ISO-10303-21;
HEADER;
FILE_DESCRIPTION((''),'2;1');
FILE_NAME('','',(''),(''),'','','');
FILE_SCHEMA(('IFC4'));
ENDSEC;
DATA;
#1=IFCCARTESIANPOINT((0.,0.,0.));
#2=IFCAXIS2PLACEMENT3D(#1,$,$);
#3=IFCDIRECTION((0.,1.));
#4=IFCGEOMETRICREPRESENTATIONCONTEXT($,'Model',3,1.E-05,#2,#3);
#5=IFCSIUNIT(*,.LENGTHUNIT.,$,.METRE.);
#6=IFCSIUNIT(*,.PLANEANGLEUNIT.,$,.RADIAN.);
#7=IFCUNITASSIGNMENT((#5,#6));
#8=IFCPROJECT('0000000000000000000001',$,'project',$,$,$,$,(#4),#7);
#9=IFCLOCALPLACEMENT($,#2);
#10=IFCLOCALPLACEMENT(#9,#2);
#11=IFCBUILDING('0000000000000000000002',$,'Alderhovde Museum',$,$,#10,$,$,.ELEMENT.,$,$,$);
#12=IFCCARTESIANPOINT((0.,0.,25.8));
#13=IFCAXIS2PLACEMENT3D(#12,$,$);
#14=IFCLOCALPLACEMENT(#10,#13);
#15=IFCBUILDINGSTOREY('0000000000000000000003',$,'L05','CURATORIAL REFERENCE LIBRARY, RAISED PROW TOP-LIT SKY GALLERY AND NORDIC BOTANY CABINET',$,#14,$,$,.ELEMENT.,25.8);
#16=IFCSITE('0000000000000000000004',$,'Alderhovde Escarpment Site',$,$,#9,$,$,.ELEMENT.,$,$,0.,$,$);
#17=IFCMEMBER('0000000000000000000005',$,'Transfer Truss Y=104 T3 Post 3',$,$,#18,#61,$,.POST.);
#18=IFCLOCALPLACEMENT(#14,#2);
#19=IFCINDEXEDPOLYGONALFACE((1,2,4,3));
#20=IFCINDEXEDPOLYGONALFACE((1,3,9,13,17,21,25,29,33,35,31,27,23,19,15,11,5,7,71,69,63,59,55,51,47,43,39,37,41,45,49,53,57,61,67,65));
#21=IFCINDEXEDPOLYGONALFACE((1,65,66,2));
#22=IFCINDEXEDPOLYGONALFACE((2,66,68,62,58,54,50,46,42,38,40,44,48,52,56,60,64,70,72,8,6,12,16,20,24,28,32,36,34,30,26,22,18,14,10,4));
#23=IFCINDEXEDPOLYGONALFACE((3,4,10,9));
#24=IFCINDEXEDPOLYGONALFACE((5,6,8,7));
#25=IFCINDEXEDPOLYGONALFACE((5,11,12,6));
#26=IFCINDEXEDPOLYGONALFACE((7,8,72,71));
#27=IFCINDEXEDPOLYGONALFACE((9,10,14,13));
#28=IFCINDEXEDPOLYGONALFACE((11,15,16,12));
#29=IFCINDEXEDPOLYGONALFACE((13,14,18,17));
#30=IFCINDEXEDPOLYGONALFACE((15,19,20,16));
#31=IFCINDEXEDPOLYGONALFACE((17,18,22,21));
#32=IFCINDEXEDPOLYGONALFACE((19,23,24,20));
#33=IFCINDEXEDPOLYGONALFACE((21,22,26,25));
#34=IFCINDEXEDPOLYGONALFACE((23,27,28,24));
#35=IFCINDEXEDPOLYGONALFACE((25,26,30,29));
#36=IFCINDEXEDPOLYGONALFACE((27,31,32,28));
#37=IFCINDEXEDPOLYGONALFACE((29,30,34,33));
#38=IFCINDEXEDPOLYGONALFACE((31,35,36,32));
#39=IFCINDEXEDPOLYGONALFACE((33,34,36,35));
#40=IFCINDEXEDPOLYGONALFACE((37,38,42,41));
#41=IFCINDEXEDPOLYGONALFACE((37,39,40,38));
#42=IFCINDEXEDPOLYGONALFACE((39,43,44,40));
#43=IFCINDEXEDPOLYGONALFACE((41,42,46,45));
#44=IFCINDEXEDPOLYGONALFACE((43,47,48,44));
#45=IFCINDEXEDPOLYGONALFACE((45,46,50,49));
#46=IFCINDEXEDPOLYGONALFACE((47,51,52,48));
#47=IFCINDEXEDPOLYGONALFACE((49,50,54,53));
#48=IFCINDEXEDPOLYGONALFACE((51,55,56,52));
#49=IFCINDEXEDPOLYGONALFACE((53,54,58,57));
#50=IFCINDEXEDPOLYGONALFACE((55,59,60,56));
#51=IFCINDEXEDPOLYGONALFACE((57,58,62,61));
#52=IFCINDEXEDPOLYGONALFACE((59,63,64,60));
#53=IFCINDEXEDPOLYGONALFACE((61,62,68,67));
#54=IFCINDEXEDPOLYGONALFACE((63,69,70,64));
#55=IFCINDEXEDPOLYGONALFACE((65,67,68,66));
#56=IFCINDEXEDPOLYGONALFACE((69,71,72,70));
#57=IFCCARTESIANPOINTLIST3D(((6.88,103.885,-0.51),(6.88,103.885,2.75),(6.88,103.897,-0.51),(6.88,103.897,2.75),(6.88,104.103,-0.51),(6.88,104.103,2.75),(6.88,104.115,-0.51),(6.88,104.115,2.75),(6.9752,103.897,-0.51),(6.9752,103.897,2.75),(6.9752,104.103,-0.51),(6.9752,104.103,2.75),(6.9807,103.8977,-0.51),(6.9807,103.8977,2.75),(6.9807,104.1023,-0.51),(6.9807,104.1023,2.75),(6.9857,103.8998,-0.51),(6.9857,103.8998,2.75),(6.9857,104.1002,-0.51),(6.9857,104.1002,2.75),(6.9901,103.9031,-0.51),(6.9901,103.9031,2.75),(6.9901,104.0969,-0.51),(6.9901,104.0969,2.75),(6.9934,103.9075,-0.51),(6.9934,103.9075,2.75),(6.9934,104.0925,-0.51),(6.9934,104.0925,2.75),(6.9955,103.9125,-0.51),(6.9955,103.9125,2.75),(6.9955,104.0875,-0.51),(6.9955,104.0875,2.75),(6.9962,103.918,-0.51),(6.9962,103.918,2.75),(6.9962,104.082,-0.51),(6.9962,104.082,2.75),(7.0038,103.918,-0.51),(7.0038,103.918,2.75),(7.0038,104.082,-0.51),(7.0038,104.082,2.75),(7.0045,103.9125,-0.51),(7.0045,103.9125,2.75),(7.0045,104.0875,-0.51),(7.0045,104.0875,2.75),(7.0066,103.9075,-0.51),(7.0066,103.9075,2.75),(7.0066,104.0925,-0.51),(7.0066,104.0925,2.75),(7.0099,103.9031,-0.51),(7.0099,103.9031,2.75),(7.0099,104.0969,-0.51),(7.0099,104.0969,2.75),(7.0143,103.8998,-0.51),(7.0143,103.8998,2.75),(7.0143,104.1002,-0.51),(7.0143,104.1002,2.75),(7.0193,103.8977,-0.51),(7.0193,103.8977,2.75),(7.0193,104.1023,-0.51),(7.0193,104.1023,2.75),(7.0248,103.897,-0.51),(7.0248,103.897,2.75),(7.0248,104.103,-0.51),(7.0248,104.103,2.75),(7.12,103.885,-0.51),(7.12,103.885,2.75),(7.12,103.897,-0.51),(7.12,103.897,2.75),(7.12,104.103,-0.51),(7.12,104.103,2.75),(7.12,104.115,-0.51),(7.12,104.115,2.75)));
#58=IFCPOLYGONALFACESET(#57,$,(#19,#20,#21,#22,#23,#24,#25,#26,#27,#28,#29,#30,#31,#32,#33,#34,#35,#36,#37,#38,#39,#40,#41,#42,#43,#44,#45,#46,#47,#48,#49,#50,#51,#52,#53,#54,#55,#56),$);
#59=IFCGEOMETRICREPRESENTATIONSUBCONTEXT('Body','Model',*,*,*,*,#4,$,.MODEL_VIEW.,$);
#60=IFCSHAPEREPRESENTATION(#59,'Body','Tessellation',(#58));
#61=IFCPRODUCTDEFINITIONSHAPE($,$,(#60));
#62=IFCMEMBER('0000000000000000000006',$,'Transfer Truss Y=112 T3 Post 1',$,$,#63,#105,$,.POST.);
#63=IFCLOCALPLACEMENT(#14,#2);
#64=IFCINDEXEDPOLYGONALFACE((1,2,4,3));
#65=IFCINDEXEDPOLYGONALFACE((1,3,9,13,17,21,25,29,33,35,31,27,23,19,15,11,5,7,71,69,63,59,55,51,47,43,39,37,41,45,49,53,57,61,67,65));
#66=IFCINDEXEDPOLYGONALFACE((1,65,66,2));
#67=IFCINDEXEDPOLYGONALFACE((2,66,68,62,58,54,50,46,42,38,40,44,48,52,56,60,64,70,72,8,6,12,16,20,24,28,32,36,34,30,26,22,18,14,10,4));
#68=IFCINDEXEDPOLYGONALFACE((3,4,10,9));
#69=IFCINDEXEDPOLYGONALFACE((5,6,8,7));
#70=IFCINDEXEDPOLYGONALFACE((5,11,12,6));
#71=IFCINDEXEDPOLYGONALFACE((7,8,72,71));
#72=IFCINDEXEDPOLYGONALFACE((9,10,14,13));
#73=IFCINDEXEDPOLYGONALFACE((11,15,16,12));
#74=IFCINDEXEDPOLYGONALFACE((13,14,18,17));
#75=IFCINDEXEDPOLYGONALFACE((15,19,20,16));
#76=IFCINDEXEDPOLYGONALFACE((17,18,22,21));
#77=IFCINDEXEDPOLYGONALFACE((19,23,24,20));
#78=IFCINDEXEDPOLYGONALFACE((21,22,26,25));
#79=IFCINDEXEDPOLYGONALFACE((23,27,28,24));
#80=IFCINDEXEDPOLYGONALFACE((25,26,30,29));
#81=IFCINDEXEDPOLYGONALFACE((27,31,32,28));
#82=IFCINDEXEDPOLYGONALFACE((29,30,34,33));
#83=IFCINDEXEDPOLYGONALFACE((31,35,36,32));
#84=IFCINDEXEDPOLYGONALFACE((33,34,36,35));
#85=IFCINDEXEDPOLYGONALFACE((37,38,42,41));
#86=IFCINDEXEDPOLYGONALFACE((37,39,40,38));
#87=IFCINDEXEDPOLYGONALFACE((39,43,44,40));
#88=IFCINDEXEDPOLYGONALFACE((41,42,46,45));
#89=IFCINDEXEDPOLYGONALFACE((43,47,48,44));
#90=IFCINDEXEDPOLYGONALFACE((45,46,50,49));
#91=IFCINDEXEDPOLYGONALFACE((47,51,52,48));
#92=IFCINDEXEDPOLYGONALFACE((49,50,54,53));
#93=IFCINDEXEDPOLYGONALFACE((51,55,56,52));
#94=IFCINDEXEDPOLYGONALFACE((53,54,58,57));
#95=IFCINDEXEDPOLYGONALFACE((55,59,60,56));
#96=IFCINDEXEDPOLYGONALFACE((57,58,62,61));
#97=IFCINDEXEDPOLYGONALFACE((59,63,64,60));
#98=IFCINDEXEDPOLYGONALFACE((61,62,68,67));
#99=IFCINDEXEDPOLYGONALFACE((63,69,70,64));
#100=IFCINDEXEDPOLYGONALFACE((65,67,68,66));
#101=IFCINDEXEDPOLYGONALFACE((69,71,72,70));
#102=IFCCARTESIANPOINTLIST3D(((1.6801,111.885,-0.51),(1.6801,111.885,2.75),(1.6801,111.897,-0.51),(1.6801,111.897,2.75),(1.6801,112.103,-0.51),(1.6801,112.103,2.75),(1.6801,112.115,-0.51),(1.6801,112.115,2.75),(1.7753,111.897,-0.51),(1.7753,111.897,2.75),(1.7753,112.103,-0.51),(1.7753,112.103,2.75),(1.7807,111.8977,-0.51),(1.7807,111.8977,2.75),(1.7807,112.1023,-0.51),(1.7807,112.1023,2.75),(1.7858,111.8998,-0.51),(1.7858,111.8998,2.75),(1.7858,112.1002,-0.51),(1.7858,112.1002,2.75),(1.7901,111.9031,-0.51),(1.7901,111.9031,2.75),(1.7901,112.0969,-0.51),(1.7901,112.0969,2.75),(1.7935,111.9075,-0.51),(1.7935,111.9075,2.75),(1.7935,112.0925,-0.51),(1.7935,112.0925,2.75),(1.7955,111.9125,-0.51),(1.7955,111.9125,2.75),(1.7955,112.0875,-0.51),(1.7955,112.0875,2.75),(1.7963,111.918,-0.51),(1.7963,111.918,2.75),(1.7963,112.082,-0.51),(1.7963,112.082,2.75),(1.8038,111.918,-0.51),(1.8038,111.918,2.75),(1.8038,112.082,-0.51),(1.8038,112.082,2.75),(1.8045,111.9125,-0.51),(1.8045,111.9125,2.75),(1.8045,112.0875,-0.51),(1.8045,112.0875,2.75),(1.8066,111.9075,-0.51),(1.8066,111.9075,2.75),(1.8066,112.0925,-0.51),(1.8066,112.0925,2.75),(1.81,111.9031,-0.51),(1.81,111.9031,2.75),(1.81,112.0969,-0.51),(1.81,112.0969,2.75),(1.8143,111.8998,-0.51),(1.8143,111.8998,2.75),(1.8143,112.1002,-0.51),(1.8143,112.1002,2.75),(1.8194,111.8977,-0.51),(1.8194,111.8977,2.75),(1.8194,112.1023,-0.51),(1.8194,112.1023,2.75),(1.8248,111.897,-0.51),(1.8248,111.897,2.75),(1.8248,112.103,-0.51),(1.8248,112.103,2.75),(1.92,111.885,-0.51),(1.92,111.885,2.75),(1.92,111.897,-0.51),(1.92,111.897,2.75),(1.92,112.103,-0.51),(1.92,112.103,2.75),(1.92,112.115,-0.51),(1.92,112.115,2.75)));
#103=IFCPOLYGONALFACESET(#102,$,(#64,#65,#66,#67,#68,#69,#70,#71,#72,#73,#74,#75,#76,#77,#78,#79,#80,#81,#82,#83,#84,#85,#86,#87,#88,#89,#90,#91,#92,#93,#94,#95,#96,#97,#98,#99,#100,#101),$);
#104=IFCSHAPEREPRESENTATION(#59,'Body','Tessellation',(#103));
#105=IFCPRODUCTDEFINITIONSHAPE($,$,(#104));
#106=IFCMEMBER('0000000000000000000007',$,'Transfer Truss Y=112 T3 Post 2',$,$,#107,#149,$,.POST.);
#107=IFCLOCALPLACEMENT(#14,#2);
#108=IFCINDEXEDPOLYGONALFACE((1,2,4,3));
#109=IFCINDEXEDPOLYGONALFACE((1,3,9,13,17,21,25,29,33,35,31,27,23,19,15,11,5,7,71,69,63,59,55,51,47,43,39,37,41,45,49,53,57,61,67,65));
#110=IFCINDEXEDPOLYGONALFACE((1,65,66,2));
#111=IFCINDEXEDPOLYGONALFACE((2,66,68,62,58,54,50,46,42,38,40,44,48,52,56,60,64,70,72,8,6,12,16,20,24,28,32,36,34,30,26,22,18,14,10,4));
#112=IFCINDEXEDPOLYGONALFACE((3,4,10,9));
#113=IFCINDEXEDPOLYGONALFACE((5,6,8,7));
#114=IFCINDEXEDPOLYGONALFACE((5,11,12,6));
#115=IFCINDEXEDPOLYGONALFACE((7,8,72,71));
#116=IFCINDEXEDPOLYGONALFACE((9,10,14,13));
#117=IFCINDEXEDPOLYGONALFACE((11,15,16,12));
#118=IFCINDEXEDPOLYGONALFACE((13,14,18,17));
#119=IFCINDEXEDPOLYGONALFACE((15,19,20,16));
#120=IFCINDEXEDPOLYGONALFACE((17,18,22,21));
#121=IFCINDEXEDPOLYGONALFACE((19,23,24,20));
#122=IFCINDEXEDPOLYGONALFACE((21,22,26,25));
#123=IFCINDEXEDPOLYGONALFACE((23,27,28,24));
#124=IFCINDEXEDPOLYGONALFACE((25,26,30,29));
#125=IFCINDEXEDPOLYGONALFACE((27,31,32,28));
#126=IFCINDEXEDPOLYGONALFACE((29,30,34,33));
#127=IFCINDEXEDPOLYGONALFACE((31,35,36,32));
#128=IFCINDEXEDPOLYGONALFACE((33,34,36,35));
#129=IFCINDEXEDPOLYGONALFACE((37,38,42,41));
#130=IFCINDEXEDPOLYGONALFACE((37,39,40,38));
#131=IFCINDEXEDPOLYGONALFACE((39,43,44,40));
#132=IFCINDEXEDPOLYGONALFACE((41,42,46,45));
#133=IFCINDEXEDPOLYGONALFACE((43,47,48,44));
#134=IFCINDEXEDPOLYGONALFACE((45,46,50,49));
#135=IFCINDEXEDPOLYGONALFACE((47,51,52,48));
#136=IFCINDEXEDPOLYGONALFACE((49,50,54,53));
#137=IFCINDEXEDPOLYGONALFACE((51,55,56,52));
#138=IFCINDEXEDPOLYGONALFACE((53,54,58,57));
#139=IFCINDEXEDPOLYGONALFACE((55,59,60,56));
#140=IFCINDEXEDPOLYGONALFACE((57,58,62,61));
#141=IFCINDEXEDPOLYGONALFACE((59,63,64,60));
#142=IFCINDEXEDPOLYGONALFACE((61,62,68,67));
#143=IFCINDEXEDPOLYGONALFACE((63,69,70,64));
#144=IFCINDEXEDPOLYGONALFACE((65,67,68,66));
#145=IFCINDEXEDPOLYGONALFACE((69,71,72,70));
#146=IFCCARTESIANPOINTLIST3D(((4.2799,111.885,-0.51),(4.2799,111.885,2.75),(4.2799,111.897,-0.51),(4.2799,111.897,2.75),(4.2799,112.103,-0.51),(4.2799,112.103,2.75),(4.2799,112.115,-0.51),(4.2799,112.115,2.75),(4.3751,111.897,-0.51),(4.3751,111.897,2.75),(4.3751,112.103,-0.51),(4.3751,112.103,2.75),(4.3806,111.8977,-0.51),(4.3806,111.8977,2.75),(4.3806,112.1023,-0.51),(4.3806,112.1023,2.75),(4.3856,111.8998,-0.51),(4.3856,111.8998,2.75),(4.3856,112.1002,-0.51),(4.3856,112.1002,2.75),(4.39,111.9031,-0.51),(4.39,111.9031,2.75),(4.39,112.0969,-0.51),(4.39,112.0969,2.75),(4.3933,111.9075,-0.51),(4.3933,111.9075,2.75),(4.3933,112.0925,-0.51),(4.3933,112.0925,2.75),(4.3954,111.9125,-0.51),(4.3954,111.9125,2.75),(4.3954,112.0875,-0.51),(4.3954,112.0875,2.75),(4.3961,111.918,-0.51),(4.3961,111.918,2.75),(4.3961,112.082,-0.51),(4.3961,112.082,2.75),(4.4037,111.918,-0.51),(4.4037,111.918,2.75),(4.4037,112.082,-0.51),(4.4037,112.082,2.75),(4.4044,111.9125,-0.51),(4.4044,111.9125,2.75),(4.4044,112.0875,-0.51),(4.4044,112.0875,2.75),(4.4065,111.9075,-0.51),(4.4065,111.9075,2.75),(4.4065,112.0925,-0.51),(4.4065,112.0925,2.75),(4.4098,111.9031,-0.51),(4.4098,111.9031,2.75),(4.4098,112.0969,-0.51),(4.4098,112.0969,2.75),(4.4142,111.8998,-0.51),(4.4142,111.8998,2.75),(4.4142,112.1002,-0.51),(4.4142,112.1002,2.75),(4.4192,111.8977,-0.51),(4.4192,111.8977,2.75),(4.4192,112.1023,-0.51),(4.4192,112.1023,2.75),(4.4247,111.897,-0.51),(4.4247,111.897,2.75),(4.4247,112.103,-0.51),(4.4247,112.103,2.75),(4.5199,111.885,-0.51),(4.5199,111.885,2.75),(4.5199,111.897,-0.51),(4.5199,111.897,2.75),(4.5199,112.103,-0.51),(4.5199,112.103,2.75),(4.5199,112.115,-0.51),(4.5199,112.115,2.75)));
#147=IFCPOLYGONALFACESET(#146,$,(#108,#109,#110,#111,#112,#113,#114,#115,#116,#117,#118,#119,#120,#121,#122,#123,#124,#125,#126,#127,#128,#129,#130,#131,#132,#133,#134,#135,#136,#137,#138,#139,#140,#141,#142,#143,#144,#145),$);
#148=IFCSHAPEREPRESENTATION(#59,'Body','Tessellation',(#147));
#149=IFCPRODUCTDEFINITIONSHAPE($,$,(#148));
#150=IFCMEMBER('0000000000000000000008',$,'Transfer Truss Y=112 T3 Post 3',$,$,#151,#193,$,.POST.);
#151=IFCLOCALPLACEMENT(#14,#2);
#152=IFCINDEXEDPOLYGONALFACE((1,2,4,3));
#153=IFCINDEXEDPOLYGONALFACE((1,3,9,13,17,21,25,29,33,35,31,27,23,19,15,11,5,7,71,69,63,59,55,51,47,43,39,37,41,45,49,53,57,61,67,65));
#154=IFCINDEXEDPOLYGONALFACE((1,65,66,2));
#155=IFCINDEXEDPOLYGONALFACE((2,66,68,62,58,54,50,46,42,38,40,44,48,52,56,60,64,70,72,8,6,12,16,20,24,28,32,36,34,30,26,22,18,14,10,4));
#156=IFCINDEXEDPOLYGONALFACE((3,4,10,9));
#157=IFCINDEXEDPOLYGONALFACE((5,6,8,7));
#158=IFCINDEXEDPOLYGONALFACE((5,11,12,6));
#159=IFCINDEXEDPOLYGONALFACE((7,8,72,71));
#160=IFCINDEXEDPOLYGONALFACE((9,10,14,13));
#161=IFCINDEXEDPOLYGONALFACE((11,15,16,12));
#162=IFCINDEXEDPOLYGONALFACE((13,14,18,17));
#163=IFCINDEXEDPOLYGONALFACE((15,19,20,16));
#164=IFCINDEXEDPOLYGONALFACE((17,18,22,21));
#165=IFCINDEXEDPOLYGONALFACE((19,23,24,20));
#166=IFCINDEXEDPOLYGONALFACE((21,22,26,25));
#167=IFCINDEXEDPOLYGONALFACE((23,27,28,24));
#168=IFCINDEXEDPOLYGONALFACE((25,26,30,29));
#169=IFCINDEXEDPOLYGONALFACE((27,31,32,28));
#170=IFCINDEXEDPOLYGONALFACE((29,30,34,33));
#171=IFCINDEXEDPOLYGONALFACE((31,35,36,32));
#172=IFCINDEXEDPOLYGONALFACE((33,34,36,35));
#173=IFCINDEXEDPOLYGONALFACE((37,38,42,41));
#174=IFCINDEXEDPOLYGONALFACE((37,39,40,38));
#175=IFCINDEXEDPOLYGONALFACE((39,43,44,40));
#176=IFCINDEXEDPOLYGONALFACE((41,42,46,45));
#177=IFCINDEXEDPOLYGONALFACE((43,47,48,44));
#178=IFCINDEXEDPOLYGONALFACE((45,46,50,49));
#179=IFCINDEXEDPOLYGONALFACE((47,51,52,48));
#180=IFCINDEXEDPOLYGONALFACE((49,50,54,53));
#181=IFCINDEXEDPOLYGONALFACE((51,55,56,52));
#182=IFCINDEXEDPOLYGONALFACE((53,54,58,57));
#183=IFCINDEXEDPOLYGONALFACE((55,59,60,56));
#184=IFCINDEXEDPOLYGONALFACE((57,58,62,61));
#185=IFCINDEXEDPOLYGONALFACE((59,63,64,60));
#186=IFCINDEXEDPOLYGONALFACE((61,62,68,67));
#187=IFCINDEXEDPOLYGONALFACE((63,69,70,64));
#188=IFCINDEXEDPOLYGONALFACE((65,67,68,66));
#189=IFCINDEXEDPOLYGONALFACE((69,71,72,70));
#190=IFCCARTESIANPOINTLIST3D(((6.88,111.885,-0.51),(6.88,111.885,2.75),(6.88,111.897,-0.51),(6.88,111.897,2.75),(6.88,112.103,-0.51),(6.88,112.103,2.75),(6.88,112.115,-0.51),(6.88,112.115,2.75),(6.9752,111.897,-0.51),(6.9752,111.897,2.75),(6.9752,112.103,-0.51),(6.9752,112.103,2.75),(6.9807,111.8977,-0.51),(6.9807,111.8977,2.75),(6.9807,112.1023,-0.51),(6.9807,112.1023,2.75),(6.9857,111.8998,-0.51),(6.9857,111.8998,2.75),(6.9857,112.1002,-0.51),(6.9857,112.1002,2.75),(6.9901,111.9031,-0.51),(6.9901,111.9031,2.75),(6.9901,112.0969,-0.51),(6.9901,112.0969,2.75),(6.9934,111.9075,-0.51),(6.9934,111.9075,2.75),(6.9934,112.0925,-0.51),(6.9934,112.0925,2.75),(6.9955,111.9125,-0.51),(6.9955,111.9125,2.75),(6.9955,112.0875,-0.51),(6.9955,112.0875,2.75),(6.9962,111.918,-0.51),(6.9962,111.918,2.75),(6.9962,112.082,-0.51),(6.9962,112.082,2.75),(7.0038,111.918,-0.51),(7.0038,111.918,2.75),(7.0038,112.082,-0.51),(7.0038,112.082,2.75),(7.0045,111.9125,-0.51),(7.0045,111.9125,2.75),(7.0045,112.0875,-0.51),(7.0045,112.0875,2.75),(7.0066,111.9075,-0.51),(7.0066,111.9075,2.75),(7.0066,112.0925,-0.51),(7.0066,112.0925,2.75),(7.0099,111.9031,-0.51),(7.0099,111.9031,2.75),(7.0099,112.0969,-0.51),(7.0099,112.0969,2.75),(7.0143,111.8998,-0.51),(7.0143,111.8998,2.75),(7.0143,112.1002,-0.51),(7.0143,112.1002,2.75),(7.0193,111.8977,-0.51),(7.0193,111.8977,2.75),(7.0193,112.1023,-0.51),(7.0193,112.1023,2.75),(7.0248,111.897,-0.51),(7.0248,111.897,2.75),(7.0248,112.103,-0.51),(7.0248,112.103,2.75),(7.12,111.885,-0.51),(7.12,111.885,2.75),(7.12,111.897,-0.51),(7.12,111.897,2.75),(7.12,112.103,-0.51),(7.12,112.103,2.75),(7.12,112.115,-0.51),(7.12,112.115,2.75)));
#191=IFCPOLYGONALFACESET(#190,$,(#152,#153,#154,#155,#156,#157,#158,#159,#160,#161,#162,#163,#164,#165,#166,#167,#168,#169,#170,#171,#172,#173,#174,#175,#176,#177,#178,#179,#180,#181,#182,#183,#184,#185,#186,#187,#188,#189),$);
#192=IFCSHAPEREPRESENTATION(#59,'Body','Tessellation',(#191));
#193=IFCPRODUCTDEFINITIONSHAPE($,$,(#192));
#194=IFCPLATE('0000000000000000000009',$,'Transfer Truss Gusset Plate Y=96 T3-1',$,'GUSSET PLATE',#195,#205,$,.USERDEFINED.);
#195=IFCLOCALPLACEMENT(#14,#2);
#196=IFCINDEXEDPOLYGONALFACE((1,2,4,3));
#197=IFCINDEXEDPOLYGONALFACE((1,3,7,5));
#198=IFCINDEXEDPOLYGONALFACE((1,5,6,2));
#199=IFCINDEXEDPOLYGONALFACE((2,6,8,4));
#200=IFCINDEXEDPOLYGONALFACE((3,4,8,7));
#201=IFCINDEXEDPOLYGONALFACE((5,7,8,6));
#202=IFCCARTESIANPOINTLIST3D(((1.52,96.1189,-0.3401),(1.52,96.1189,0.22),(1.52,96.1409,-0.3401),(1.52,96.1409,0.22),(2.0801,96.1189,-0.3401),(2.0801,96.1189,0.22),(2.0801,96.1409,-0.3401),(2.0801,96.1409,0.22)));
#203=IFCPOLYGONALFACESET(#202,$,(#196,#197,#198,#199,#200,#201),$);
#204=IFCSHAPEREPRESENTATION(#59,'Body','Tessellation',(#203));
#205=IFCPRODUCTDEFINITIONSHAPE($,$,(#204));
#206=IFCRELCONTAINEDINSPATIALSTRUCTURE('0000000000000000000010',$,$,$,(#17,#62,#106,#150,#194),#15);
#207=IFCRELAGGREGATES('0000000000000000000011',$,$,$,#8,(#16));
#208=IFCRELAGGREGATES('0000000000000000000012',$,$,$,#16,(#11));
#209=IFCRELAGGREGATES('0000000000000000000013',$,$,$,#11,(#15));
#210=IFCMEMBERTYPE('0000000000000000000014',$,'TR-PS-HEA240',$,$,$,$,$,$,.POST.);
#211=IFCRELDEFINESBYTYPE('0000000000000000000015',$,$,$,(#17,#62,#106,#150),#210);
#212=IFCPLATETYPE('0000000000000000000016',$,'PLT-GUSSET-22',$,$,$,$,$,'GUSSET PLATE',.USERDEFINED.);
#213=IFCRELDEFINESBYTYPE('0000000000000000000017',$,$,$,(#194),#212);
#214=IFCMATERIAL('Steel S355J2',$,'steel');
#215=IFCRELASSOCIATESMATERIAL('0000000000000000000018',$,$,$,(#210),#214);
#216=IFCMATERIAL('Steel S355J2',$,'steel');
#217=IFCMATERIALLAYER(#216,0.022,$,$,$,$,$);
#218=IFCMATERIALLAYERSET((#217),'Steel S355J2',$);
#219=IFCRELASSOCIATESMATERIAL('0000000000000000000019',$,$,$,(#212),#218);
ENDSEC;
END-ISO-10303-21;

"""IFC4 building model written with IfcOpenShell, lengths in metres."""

from ifc_helpers import new_model, si_unit, direction, frame, origin, origin_2d, place, context, subcontext, project, spatial, rectangle, i_section, extrude, material, layer, layer_set, material_profile, profile_set, type_object, element, save


model = new_model("IFC4")

# Units and contexts
model_context = context("Model", 3, precision=1e-05, world=origin(), true_north=direction((0.0, 1.0)))
body_context = subcontext(model_context, "Body", "Model", "MODEL_VIEW")
ifc_project = project(units=[si_unit("LENGTHUNIT", "METRE"), si_unit("PLANEANGLEUNIT", "RADIAN")], contexts=[model_context])

# Site, building, storey
site_placement = place(None, origin())
site = spatial("IfcSite", under=ifc_project, at=site_placement, Name="Alderhovde Escarpment Site", CompositionType="ELEMENT", RefElevation=0.0)
building_placement = place(site_placement, origin())
building = spatial("IfcBuilding", under=site, at=building_placement, Name="Alderhovde Museum", CompositionType="ELEMENT")
storey_placement = place(building_placement, frame((0.0, 0.0, 25.8)))
storey = spatial("IfcBuildingStorey", under=building, at=storey_placement, Name="L05", Description="CURATORIAL REFERENCE LIBRARY, RAISED PROW TOP-LIT SKY GALLERY AND NORDIC BOTANY CABINET", CompositionType="ELEMENT", Elevation=25.8)

# Members
ifc_material_1 = material(Name="Steel S355J2", Category="steel")
ifc_material_profile_1 = material_profile(ifc_material_1, i_section(OverallWidth=0.24, OverallDepth=0.23, WebThickness=0.0076, FlangeThickness=0.012, FilletRadius=0.021, at=origin_2d()), Name="HEA 240")
ifc_profile_set_1 = profile_set([ifc_material_profile_1], Name="Steel S355J2")
member_type_1 = type_object("IfcMemberType", Name="TR-PS-HEA240", PredefinedType="POST", material=ifc_profile_set_1)
for number, where, z_axis, x_axis, name in (
    (1, (7.0, 104.0, -0.51), (0.0, 0.0, 1.0), (1.0, 0.0, 0.0), "Transfer Truss Y=104 T3 Post 3"),
    (2, (1.8, 112.0, -0.51), (0.0, 0.0, 1.0), (1.0, 0.0, 0.0), "Transfer Truss Y=112 T3 Post 1"),
    (3, (4.3999, 112.0, -0.51), (0.0, 0.0, 1.0), (1.0, 0.0, 0.0), "Transfer Truss Y=112 T3 Post 2"),
    (4, (7.0, 112.0, -0.51), (0.0, 0.0, 1.0), (1.0, 0.0, 0.0), "Transfer Truss Y=112 T3 Post 3"),
):
    element("IfcMember", number, at=place(storey_placement, frame(where, z_axis=z_axis, x_axis=x_axis)), inside=storey, type_object=member_type_1, Name=name, PredefinedType="POST", context=body_context, shape_type="SweptSolid", body=[
        extrude(i_section(OverallWidth=0.24, OverallDepth=0.23, WebThickness=0.0076, FlangeThickness=0.012, FilletRadius=0.021, at=origin_2d()), origin(), (0.0, 0.0, 1.0), 3.26),
    ])

# Plate
ifc_material_2 = material(Name="Steel S355J2", Category="steel")
ifc_layer = layer(ifc_material_2, 0.022)
ifc_layer_set = layer_set([ifc_layer], Name="Steel S355J2")
plate_type = type_object("IfcPlateType", Name="PLT-GUSSET-22", ElementType="GUSSET PLATE", PredefinedType="USERDEFINED", material=ifc_layer_set)
for number, where, z_axis, x_axis, name in (
    (5, (1.8, 96.1299, -0.3401), (0.0, 0.0, 1.0), (1.0, 0.0, 0.0), "Transfer Truss Gusset Plate Y=96 T3-1"),
):
    element("IfcPlate", number, at=place(storey_placement, frame(where, z_axis=z_axis, x_axis=x_axis)), inside=storey, type_object=plate_type, Name=name, ObjectType="GUSSET PLATE", PredefinedType="USERDEFINED", context=body_context, shape_type="SweptSolid", body=[
        extrude(rectangle(XDim=0.5601, YDim=0.022, at=origin_2d()), origin(), (0.0, 0.0, 1.0), 0.5601),
    ])

save(model, "model.ifc")
